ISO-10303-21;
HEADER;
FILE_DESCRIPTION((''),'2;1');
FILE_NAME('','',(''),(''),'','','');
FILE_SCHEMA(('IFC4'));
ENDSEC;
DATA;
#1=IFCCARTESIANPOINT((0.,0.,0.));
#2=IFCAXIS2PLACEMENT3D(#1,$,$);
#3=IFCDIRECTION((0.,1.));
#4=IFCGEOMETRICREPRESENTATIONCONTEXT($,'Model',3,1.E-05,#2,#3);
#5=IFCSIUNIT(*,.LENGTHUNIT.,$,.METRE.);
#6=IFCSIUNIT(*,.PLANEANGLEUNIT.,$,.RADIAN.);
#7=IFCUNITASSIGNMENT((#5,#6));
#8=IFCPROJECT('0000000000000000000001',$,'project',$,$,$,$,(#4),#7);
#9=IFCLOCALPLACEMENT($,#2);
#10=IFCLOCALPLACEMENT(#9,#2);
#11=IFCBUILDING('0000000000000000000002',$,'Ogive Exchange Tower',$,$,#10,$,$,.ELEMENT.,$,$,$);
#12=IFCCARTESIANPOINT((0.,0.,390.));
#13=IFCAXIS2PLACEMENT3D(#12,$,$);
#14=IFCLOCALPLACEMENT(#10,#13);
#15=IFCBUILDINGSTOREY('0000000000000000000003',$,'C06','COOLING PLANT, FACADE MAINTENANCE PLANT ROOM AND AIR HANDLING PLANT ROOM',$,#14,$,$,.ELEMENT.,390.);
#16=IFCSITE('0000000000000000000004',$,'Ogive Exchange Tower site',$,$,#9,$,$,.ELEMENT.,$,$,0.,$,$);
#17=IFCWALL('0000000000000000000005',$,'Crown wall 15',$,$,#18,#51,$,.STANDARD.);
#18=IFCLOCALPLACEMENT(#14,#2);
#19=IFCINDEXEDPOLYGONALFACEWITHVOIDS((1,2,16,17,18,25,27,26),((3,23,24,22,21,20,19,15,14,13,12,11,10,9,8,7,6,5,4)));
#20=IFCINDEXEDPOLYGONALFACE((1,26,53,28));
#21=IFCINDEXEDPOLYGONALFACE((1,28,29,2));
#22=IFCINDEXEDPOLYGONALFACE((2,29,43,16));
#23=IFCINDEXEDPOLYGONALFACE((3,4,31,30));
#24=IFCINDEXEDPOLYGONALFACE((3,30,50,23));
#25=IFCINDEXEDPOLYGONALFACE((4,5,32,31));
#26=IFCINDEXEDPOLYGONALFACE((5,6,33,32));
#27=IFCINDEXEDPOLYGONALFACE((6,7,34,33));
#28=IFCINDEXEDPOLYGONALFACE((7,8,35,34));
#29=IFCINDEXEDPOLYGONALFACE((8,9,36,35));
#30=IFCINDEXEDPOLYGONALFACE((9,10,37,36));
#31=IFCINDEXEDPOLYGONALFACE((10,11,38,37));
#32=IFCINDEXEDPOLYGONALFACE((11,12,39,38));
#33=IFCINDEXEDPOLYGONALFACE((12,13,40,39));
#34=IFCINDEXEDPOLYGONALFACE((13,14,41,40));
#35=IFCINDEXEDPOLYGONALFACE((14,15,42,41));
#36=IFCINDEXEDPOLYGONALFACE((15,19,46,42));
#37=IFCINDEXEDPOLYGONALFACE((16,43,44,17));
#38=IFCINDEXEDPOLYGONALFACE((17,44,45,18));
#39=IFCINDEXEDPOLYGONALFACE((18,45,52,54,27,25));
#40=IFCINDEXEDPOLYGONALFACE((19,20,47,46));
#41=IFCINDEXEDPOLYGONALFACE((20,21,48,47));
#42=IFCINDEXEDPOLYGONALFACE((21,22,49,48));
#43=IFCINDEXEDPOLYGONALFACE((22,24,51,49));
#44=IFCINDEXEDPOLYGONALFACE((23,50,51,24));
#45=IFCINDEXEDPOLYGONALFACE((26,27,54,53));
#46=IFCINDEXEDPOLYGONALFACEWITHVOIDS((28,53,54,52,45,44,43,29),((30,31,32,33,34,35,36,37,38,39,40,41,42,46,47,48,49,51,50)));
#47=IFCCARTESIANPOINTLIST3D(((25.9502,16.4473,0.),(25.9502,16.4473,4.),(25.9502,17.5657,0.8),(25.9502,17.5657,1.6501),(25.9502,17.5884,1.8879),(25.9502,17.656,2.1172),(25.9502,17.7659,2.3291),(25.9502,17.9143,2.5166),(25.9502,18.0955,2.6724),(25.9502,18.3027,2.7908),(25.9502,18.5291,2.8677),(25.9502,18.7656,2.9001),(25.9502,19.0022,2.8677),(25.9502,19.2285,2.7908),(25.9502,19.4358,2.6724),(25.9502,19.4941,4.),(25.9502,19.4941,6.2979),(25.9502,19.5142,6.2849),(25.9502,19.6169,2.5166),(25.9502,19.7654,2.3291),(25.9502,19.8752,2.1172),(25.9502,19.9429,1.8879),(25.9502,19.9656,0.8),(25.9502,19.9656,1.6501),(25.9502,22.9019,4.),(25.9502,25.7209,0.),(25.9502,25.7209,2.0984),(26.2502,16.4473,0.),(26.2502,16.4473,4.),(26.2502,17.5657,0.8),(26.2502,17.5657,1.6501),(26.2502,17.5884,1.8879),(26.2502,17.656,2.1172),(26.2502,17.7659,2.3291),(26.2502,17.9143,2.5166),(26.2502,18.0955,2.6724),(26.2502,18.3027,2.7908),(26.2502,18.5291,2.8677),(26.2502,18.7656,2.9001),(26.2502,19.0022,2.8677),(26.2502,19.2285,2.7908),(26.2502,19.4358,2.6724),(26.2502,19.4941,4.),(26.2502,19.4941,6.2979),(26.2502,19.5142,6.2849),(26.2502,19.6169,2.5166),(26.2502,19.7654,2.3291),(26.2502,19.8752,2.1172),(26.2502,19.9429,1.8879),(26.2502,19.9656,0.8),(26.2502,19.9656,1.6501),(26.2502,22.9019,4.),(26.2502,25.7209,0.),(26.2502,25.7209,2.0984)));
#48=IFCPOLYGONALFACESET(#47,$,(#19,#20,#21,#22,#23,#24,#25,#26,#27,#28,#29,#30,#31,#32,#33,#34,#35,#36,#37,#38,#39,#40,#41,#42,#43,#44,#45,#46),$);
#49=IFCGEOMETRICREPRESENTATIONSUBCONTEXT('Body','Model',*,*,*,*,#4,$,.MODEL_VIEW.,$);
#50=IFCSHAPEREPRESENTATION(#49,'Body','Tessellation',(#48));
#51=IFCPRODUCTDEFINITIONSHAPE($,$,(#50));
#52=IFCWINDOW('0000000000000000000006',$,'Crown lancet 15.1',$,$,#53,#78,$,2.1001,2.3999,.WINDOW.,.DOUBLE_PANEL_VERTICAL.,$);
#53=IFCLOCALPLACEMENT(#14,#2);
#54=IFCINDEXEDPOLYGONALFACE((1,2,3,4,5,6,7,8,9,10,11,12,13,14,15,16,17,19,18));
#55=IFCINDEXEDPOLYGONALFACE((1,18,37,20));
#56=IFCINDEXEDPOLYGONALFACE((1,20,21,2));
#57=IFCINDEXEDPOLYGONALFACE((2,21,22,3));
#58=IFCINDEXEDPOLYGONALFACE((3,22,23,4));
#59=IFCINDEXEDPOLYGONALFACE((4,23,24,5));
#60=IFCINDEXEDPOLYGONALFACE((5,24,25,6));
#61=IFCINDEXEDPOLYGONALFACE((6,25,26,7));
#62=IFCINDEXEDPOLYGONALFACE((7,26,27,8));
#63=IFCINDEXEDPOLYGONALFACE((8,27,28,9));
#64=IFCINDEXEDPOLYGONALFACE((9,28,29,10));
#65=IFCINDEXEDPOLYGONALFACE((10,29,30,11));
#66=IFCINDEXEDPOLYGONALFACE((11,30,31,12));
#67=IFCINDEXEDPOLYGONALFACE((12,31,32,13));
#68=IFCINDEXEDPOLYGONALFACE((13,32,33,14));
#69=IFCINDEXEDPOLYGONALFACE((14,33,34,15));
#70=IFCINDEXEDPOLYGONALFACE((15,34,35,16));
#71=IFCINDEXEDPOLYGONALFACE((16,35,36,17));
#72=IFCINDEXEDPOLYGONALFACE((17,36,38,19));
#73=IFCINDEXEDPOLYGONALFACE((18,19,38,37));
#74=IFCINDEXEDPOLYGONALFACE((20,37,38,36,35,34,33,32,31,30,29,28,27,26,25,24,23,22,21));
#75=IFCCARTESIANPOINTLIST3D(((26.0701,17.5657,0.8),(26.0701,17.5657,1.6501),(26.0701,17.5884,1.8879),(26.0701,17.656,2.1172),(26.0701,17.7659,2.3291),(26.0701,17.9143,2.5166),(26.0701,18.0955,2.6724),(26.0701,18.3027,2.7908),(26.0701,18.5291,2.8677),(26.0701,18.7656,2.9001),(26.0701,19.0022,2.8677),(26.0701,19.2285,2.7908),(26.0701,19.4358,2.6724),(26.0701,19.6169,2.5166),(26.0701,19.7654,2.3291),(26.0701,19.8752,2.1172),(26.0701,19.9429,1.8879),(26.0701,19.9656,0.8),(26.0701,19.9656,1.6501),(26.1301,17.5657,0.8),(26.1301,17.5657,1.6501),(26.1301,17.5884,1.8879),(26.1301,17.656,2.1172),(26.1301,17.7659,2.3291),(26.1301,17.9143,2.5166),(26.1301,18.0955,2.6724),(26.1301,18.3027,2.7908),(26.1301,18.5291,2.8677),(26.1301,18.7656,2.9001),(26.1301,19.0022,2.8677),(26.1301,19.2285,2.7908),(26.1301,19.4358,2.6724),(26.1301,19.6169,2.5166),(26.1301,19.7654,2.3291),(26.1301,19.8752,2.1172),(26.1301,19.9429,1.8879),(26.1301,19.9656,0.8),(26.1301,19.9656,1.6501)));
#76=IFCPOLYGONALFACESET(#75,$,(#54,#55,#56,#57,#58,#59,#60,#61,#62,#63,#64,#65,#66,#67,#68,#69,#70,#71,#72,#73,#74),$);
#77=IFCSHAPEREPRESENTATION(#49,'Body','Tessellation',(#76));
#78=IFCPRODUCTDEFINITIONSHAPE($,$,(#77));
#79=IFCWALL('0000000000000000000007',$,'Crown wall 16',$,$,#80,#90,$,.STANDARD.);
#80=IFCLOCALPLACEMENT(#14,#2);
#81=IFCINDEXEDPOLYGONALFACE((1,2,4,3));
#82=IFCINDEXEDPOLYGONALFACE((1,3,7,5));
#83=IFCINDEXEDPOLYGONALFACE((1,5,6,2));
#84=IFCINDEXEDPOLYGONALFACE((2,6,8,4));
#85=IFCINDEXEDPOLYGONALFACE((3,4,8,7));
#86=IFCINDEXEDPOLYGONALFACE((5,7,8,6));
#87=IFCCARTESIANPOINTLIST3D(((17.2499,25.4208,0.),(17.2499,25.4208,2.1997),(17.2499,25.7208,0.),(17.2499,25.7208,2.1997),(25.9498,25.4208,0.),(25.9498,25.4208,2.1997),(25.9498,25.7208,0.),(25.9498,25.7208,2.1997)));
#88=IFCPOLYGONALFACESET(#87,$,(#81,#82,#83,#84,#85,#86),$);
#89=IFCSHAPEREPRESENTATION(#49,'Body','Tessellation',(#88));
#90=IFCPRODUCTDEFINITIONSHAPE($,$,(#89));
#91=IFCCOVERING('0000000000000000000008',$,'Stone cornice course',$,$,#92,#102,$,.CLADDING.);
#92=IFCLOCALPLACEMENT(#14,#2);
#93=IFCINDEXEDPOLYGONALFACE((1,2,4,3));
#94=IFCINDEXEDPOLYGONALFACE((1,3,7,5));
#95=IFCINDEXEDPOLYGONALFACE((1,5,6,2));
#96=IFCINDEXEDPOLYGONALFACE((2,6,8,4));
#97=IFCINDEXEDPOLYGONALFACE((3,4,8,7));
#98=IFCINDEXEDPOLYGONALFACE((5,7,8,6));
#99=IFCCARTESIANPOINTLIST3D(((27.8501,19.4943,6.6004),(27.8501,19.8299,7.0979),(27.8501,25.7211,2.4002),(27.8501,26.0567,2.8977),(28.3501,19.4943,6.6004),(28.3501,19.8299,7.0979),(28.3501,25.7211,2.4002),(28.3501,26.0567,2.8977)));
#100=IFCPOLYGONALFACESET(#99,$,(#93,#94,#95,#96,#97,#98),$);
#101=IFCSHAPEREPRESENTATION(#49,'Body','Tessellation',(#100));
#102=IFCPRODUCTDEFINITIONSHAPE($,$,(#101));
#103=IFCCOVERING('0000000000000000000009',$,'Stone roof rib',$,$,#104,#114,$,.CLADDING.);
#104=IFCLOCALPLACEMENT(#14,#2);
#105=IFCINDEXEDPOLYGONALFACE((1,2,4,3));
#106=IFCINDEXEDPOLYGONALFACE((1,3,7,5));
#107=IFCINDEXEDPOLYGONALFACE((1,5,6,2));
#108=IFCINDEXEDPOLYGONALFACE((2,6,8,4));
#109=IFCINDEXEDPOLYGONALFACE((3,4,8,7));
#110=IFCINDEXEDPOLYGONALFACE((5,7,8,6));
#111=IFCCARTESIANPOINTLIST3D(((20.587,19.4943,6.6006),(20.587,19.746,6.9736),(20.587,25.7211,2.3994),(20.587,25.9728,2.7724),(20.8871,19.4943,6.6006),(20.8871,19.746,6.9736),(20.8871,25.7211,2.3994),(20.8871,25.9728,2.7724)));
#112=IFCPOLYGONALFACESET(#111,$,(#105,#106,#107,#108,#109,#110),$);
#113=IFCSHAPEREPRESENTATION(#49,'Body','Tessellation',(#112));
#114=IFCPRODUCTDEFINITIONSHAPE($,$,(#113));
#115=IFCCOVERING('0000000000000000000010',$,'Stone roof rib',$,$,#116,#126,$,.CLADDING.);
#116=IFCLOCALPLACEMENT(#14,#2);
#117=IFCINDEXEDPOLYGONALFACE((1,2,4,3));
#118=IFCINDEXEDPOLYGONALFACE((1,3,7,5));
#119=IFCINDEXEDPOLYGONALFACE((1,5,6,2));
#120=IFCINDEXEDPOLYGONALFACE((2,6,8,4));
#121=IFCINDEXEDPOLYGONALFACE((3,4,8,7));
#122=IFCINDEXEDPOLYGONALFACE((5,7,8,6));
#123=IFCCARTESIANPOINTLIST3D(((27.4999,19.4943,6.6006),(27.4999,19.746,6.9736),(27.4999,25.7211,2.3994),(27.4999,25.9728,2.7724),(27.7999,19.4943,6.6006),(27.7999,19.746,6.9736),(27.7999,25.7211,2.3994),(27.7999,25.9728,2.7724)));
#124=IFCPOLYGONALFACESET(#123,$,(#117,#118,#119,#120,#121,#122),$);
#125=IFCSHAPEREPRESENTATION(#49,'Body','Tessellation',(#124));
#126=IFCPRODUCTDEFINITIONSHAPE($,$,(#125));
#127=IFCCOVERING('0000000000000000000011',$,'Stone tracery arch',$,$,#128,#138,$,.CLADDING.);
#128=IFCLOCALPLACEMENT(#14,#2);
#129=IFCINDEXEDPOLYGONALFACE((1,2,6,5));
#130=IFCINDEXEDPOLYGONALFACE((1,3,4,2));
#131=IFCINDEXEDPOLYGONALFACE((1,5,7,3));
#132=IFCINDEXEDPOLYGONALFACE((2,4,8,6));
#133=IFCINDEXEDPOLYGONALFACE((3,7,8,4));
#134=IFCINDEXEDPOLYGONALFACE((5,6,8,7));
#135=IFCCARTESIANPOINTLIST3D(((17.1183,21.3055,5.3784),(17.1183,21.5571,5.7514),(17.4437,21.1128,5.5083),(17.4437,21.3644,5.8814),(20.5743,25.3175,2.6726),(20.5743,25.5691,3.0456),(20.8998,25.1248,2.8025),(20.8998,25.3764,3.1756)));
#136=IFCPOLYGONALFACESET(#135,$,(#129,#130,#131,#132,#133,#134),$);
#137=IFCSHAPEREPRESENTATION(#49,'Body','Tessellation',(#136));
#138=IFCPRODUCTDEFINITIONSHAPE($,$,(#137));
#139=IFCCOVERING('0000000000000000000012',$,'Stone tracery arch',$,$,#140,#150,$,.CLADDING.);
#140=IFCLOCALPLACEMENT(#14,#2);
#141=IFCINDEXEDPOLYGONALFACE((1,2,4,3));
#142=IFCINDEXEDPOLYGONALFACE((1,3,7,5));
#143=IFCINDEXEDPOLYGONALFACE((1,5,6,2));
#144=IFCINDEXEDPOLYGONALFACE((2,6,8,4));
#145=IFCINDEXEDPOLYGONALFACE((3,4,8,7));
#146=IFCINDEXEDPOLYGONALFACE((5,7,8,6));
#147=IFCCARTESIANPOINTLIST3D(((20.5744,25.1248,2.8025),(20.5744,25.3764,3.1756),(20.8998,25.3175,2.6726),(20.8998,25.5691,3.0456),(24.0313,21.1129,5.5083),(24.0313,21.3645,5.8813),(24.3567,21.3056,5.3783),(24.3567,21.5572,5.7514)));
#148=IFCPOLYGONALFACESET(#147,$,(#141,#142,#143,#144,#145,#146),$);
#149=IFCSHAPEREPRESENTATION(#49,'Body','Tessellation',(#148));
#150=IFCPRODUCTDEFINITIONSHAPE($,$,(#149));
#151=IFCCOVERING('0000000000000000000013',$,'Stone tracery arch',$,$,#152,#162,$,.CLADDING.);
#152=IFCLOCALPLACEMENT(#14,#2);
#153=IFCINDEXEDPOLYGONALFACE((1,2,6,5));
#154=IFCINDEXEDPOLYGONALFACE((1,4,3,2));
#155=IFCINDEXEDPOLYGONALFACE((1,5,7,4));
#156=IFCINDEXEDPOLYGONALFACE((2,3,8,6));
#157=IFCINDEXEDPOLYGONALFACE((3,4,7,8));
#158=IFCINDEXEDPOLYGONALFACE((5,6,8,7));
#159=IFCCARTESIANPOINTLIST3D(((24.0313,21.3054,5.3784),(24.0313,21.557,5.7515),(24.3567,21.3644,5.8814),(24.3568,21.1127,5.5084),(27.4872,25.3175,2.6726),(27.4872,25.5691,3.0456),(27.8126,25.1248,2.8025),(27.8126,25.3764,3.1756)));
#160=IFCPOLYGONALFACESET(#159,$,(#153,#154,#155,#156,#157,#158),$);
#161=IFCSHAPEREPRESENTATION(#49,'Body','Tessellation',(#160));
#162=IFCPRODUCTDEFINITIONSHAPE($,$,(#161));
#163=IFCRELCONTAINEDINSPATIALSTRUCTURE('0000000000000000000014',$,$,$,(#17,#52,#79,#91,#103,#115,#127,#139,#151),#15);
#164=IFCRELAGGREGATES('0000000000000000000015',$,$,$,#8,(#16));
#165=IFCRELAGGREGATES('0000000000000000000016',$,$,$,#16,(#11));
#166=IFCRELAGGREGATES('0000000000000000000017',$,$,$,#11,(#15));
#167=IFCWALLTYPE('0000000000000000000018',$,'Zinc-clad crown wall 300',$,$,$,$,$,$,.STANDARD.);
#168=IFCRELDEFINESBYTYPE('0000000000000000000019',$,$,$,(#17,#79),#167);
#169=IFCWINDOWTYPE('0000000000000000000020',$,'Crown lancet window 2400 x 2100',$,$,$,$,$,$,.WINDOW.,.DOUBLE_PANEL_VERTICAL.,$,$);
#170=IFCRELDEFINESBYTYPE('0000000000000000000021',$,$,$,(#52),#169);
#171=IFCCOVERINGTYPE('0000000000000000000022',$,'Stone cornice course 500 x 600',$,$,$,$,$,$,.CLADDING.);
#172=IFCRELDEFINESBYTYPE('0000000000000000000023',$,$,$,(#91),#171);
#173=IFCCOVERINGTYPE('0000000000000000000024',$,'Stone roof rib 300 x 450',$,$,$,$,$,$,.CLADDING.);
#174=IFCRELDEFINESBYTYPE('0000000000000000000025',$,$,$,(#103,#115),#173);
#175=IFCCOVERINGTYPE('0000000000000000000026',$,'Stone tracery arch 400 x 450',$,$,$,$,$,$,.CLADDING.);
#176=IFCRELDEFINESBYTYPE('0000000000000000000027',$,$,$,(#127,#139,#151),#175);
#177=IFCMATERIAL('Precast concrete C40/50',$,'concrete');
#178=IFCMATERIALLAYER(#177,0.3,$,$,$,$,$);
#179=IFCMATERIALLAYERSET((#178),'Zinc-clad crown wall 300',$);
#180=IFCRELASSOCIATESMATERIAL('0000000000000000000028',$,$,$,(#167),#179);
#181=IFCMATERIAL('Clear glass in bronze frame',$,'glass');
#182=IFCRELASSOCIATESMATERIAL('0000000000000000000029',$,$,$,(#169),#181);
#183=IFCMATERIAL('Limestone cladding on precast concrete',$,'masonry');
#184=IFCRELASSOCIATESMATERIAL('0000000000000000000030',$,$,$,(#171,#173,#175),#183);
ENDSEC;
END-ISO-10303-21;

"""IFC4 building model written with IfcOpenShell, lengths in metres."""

from ifc_helpers import new_model, si_unit, direction, frame, frame_2d, origin, origin_2d, place, context, subcontext, project, spatial, polyline, rectangle, outline, extrude, material, layer, layer_set, material_profile, profile_set, type_object, element, fill, save


model = new_model("IFC4")

# Units and contexts
model_context = context("Model", 3, precision=1e-05, world=origin(), true_north=direction((0.0, 1.0)))
body_context = subcontext(model_context, "Body", "Model", "MODEL_VIEW")
ifc_project = project(units=[si_unit("LENGTHUNIT", "METRE"), si_unit("PLANEANGLEUNIT", "RADIAN")], contexts=[model_context])

# Site, building, storey
site_placement = place(None, origin())
site = spatial("IfcSite", under=ifc_project, at=site_placement, Name="Ogive Exchange Tower site", CompositionType="ELEMENT", RefElevation=0.0)
building_placement = place(site_placement, origin())
building = spatial("IfcBuilding", under=site, at=building_placement, Name="Ogive Exchange Tower", CompositionType="ELEMENT")
storey_placement = place(building_placement, frame((0.0, 0.0, 390.0)))
storey = spatial("IfcBuildingStorey", under=building, at=storey_placement, Name="C06", Description="COOLING PLANT, FACADE MAINTENANCE PLANT ROOM AND AIR HANDLING PLANT ROOM", CompositionType="ELEMENT", Elevation=390.0)

# Shared definitions
ifc_material_1 = material(Name="Precast concrete C40/50", Category="concrete")
ifc_layer_1 = layer(ifc_material_1, 0.3)
ifc_layer_set_1 = layer_set([ifc_layer_1], Name="Zinc-clad crown wall 300")
wall_type_1 = type_object("IfcWallType", Name="Zinc-clad crown wall 300", PredefinedType="STANDARD", material=ifc_layer_set_1)
ifc_material_2 = material(Name="Clear glass in bronze frame", Category="glass")

# Wall, opening, window
wall_1_placement = place(storey_placement, frame((26.1001, 16.4473, 0.0), z_axis=(0.0, 0.0, 1.0), x_axis=(0.0, 1.0, 0.0)))
wall_1 = element("IfcWall", 1, at=wall_1_placement, inside=storey, type_object=wall_type_1, Name="Crown wall 15", PredefinedType="STANDARD", context=body_context, shape_type="SweptSolid", body=[
    extrude(outline(polyline([(0.0, 0.0), (9.2737, 0.0), (9.2737, 2.0984), (6.4546, 4.0), (3.0669, 6.2849), (3.0469, 6.2979), (3.0469, 4.0), (0.0, 4.0), (0.0, 0.0)])), frame((0.0, 0.1499, 0.0), z_axis=(0.0, -1.0, 0.0), x_axis=(1.0, 0.0, 0.0)), (0.0, 0.0, 1.0), 0.3),
])
opening_1_placement = place(wall_1_placement, frame((1.1184, 0.0, 0.8)))
opening_1 = element("IfcOpeningElement", 2, at=opening_1_placement, cuts=wall_1, PredefinedType="OPENING", context=body_context, shape_type="SweptSolid", body=[
    extrude(outline(polyline([(0.0, 0.0), (2.3999, 0.0), (2.3999, 0.8501), (2.3772, 1.0879), (2.3096, 1.3171), (2.1997, 1.5291), (2.0513, 1.7166), (1.8701, 1.8723), (1.6628, 1.9907), (1.4365, 2.0676), (1.2, 2.1001), (0.9634, 2.0676), (0.7371, 1.9907), (0.5298, 1.8723), (0.3486, 1.7166), (0.2002, 1.5291), (0.0903, 1.3171), (0.0227, 1.0879), (0.0, 0.8501), (0.0, 0.0)])), frame((0.0, 0.1599, 0.0), z_axis=(0.0, -1.0, 0.0), x_axis=(1.0, 0.0, 0.0)), (0.0, 0.0, 1.0), 0.3201),
])
window_type_1 = type_object("IfcWindowType", Name="Crown lancet window 2400 x 2100", PartitioningType="DOUBLE_PANEL_VERTICAL", PredefinedType="WINDOW", material=ifc_material_2)
window_1_placement = place(opening_1_placement, origin())
window_1 = element("IfcWindow", 3, at=window_1_placement, inside=storey, type_object=window_type_1, Name="Crown lancet 15.1", OverallHeight=2.1001, OverallWidth=2.3999, PartitioningType="DOUBLE_PANEL_VERTICAL", PredefinedType="WINDOW", context=body_context, shape_type="SweptSolid", body=[
    extrude(outline(polyline([(0.0, 0.0), (2.3999, 0.0), (2.3999, 0.8501), (2.3772, 1.0879), (2.3096, 1.3171), (2.1997, 1.5291), (2.0513, 1.7166), (1.8701, 1.8723), (1.6628, 1.9907), (1.4365, 2.0676), (1.2, 2.1001), (0.9634, 2.0676), (0.7371, 1.9907), (0.5298, 1.8723), (0.3486, 1.7166), (0.2002, 1.5291), (0.0903, 1.3171), (0.0227, 1.0879), (0.0, 0.8501), (0.0, 0.0)])), frame((0.0, 0.03, 0.0), z_axis=(0.0, -1.0, 0.0), x_axis=(1.0, 0.0, 0.0)), (0.0, 0.0, 1.0), 0.0601),
])
fill(opening_1, window_1)

# Wall
wall_2_placement = place(storey_placement, frame((25.95, 25.5708, 0.0), z_axis=(0.0, 0.0, 1.0), x_axis=(-1.0, 0.0, 0.0)))
element("IfcWall", 4, at=wall_2_placement, inside=storey, type_object=wall_type_1, Name="Crown wall 16", PredefinedType="STANDARD", context=body_context, shape_type="SweptSolid", body=[
    extrude(rectangle(XDim=8.7, YDim=0.3, at=frame_2d((4.3501, 0.0))), origin(), (0.0, 0.0, 1.0), 2.1997),
])

# Coverings
ifc_material_3 = material(Name="Limestone cladding on precast concrete", Category="masonry")
ifc_material_profile_1 = material_profile(ifc_material_3, rectangle(XDim=0.5, YDim=0.6001, at=origin_2d()), Name="CORNICE 500 x 600")
ifc_profile_set_1 = profile_set([ifc_material_profile_1], Name="Limestone cladding on precast concrete")
covering_type_1 = type_object("IfcCoveringType", Name="Stone cornice course 500 x 600", PredefinedType="CLADDING", material=ifc_profile_set_1)
covering_1_placement = place(storey_placement, frame((28.1001, 19.6621, 6.8491), z_axis=(0.0, 0.829028, -0.559208), x_axis=(-1.0, 0.0, 0.0)))
element("IfcCovering", 5, at=covering_1_placement, inside=storey, type_object=covering_type_1, Name="Stone cornice course", PredefinedType="CLADDING", context=body_context, shape_type="SweptSolid", body=[
    extrude(rectangle(XDim=0.5, YDim=0.6001, at=origin_2d()), origin(), (0.0, 0.0, 1.0), 7.511),
])
ifc_material_profile_2 = material_profile(ifc_material_3, rectangle(XDim=0.3, YDim=0.45, at=origin_2d()), Name="RIB 300 x 450")
ifc_profile_set_2 = profile_set([ifc_material_profile_2], Name="Limestone cladding on precast concrete")
covering_type_2 = type_object("IfcCoveringType", Name="Stone roof rib 300 x 450", PredefinedType="CLADDING", material=ifc_profile_set_2)
for number, where, z_axis, x_axis, name in (
    (6, (20.7371, 25.8469, 2.5859), (0.0, -0.828967, 0.559297), (1.0, 0.0, 0.0), "Stone roof rib"),
    (7, (27.6499, 25.8469, 2.5859), (0.0, -0.828967, 0.559297), (1.0, 0.0, 0.0), "Stone roof rib"),
):
    element("IfcCovering", number, at=place(storey_placement, frame(where, z_axis=z_axis, x_axis=x_axis)), inside=storey, type_object=covering_type_2, Name=name, PredefinedType="CLADDING", context=body_context, shape_type="SweptSolid", body=[
        extrude(rectangle(XDim=0.3, YDim=0.45, at=origin_2d()), origin(), (0.0, 0.0, 1.0), 7.5115),
    ])
ifc_material_profile_3 = material_profile(ifc_material_3, rectangle(XDim=0.3999, YDim=0.45, at=origin_2d()), Name="TRACERY 400 x 450")
ifc_profile_set_3 = profile_set([ifc_material_profile_3], Name="Limestone cladding on precast concrete")
covering_type_3 = type_object("IfcCoveringType", Name="Stone tracery arch 400 x 450", PredefinedType="CLADDING", material=ifc_profile_set_3)
covering_2_placement = place(storey_placement, frame((20.7371, 25.3469, 2.9241), z_axis=(-0.581186, -0.67467, 0.455021), x_axis=(0.813771, -0.481829, 0.324988)))
element("IfcCovering", 8, at=covering_2_placement, inside=storey, type_object=covering_type_3, Name="Stone tracery arch", PredefinedType="CLADDING", context=body_context, shape_type="SweptSolid", body=[
    extrude(rectangle(XDim=0.3999, YDim=0.45, at=origin_2d()), origin(), (0.0, 0.0, 1.0), 5.9465),
])
covering_3_placement = place(storey_placement, frame((20.7371, 25.3469, 2.9241), z_axis=(0.581294, -0.674605, 0.454978), x_axis=(0.813693, 0.481935, -0.325025)))
element("IfcCovering", 9, at=covering_3_placement, inside=storey, type_object=covering_type_3, Name="Stone tracery arch", PredefinedType="CLADDING", context=body_context, shape_type="SweptSolid", body=[
    extrude(rectangle(XDim=0.3999, YDim=0.45, at=origin_2d()), origin(), (0.0, 0.0, 1.0), 5.947),
])
covering_4_placement = place(storey_placement, frame((27.6499, 25.3469, 2.9241), z_axis=(-0.581158, -0.674686, 0.455032), x_axis=(0.81379, -0.481778, 0.325015)))
element("IfcCovering", 10, at=covering_4_placement, inside=storey, type_object=covering_type_3, Name="Stone tracery arch", PredefinedType="CLADDING", context=body_context, shape_type="SweptSolid", body=[
    extrude(rectangle(XDim=0.3999, YDim=0.45, at=origin_2d()), origin(), (0.0, 0.0, 1.0), 5.9465),
])

save(model, "model.ifc")
